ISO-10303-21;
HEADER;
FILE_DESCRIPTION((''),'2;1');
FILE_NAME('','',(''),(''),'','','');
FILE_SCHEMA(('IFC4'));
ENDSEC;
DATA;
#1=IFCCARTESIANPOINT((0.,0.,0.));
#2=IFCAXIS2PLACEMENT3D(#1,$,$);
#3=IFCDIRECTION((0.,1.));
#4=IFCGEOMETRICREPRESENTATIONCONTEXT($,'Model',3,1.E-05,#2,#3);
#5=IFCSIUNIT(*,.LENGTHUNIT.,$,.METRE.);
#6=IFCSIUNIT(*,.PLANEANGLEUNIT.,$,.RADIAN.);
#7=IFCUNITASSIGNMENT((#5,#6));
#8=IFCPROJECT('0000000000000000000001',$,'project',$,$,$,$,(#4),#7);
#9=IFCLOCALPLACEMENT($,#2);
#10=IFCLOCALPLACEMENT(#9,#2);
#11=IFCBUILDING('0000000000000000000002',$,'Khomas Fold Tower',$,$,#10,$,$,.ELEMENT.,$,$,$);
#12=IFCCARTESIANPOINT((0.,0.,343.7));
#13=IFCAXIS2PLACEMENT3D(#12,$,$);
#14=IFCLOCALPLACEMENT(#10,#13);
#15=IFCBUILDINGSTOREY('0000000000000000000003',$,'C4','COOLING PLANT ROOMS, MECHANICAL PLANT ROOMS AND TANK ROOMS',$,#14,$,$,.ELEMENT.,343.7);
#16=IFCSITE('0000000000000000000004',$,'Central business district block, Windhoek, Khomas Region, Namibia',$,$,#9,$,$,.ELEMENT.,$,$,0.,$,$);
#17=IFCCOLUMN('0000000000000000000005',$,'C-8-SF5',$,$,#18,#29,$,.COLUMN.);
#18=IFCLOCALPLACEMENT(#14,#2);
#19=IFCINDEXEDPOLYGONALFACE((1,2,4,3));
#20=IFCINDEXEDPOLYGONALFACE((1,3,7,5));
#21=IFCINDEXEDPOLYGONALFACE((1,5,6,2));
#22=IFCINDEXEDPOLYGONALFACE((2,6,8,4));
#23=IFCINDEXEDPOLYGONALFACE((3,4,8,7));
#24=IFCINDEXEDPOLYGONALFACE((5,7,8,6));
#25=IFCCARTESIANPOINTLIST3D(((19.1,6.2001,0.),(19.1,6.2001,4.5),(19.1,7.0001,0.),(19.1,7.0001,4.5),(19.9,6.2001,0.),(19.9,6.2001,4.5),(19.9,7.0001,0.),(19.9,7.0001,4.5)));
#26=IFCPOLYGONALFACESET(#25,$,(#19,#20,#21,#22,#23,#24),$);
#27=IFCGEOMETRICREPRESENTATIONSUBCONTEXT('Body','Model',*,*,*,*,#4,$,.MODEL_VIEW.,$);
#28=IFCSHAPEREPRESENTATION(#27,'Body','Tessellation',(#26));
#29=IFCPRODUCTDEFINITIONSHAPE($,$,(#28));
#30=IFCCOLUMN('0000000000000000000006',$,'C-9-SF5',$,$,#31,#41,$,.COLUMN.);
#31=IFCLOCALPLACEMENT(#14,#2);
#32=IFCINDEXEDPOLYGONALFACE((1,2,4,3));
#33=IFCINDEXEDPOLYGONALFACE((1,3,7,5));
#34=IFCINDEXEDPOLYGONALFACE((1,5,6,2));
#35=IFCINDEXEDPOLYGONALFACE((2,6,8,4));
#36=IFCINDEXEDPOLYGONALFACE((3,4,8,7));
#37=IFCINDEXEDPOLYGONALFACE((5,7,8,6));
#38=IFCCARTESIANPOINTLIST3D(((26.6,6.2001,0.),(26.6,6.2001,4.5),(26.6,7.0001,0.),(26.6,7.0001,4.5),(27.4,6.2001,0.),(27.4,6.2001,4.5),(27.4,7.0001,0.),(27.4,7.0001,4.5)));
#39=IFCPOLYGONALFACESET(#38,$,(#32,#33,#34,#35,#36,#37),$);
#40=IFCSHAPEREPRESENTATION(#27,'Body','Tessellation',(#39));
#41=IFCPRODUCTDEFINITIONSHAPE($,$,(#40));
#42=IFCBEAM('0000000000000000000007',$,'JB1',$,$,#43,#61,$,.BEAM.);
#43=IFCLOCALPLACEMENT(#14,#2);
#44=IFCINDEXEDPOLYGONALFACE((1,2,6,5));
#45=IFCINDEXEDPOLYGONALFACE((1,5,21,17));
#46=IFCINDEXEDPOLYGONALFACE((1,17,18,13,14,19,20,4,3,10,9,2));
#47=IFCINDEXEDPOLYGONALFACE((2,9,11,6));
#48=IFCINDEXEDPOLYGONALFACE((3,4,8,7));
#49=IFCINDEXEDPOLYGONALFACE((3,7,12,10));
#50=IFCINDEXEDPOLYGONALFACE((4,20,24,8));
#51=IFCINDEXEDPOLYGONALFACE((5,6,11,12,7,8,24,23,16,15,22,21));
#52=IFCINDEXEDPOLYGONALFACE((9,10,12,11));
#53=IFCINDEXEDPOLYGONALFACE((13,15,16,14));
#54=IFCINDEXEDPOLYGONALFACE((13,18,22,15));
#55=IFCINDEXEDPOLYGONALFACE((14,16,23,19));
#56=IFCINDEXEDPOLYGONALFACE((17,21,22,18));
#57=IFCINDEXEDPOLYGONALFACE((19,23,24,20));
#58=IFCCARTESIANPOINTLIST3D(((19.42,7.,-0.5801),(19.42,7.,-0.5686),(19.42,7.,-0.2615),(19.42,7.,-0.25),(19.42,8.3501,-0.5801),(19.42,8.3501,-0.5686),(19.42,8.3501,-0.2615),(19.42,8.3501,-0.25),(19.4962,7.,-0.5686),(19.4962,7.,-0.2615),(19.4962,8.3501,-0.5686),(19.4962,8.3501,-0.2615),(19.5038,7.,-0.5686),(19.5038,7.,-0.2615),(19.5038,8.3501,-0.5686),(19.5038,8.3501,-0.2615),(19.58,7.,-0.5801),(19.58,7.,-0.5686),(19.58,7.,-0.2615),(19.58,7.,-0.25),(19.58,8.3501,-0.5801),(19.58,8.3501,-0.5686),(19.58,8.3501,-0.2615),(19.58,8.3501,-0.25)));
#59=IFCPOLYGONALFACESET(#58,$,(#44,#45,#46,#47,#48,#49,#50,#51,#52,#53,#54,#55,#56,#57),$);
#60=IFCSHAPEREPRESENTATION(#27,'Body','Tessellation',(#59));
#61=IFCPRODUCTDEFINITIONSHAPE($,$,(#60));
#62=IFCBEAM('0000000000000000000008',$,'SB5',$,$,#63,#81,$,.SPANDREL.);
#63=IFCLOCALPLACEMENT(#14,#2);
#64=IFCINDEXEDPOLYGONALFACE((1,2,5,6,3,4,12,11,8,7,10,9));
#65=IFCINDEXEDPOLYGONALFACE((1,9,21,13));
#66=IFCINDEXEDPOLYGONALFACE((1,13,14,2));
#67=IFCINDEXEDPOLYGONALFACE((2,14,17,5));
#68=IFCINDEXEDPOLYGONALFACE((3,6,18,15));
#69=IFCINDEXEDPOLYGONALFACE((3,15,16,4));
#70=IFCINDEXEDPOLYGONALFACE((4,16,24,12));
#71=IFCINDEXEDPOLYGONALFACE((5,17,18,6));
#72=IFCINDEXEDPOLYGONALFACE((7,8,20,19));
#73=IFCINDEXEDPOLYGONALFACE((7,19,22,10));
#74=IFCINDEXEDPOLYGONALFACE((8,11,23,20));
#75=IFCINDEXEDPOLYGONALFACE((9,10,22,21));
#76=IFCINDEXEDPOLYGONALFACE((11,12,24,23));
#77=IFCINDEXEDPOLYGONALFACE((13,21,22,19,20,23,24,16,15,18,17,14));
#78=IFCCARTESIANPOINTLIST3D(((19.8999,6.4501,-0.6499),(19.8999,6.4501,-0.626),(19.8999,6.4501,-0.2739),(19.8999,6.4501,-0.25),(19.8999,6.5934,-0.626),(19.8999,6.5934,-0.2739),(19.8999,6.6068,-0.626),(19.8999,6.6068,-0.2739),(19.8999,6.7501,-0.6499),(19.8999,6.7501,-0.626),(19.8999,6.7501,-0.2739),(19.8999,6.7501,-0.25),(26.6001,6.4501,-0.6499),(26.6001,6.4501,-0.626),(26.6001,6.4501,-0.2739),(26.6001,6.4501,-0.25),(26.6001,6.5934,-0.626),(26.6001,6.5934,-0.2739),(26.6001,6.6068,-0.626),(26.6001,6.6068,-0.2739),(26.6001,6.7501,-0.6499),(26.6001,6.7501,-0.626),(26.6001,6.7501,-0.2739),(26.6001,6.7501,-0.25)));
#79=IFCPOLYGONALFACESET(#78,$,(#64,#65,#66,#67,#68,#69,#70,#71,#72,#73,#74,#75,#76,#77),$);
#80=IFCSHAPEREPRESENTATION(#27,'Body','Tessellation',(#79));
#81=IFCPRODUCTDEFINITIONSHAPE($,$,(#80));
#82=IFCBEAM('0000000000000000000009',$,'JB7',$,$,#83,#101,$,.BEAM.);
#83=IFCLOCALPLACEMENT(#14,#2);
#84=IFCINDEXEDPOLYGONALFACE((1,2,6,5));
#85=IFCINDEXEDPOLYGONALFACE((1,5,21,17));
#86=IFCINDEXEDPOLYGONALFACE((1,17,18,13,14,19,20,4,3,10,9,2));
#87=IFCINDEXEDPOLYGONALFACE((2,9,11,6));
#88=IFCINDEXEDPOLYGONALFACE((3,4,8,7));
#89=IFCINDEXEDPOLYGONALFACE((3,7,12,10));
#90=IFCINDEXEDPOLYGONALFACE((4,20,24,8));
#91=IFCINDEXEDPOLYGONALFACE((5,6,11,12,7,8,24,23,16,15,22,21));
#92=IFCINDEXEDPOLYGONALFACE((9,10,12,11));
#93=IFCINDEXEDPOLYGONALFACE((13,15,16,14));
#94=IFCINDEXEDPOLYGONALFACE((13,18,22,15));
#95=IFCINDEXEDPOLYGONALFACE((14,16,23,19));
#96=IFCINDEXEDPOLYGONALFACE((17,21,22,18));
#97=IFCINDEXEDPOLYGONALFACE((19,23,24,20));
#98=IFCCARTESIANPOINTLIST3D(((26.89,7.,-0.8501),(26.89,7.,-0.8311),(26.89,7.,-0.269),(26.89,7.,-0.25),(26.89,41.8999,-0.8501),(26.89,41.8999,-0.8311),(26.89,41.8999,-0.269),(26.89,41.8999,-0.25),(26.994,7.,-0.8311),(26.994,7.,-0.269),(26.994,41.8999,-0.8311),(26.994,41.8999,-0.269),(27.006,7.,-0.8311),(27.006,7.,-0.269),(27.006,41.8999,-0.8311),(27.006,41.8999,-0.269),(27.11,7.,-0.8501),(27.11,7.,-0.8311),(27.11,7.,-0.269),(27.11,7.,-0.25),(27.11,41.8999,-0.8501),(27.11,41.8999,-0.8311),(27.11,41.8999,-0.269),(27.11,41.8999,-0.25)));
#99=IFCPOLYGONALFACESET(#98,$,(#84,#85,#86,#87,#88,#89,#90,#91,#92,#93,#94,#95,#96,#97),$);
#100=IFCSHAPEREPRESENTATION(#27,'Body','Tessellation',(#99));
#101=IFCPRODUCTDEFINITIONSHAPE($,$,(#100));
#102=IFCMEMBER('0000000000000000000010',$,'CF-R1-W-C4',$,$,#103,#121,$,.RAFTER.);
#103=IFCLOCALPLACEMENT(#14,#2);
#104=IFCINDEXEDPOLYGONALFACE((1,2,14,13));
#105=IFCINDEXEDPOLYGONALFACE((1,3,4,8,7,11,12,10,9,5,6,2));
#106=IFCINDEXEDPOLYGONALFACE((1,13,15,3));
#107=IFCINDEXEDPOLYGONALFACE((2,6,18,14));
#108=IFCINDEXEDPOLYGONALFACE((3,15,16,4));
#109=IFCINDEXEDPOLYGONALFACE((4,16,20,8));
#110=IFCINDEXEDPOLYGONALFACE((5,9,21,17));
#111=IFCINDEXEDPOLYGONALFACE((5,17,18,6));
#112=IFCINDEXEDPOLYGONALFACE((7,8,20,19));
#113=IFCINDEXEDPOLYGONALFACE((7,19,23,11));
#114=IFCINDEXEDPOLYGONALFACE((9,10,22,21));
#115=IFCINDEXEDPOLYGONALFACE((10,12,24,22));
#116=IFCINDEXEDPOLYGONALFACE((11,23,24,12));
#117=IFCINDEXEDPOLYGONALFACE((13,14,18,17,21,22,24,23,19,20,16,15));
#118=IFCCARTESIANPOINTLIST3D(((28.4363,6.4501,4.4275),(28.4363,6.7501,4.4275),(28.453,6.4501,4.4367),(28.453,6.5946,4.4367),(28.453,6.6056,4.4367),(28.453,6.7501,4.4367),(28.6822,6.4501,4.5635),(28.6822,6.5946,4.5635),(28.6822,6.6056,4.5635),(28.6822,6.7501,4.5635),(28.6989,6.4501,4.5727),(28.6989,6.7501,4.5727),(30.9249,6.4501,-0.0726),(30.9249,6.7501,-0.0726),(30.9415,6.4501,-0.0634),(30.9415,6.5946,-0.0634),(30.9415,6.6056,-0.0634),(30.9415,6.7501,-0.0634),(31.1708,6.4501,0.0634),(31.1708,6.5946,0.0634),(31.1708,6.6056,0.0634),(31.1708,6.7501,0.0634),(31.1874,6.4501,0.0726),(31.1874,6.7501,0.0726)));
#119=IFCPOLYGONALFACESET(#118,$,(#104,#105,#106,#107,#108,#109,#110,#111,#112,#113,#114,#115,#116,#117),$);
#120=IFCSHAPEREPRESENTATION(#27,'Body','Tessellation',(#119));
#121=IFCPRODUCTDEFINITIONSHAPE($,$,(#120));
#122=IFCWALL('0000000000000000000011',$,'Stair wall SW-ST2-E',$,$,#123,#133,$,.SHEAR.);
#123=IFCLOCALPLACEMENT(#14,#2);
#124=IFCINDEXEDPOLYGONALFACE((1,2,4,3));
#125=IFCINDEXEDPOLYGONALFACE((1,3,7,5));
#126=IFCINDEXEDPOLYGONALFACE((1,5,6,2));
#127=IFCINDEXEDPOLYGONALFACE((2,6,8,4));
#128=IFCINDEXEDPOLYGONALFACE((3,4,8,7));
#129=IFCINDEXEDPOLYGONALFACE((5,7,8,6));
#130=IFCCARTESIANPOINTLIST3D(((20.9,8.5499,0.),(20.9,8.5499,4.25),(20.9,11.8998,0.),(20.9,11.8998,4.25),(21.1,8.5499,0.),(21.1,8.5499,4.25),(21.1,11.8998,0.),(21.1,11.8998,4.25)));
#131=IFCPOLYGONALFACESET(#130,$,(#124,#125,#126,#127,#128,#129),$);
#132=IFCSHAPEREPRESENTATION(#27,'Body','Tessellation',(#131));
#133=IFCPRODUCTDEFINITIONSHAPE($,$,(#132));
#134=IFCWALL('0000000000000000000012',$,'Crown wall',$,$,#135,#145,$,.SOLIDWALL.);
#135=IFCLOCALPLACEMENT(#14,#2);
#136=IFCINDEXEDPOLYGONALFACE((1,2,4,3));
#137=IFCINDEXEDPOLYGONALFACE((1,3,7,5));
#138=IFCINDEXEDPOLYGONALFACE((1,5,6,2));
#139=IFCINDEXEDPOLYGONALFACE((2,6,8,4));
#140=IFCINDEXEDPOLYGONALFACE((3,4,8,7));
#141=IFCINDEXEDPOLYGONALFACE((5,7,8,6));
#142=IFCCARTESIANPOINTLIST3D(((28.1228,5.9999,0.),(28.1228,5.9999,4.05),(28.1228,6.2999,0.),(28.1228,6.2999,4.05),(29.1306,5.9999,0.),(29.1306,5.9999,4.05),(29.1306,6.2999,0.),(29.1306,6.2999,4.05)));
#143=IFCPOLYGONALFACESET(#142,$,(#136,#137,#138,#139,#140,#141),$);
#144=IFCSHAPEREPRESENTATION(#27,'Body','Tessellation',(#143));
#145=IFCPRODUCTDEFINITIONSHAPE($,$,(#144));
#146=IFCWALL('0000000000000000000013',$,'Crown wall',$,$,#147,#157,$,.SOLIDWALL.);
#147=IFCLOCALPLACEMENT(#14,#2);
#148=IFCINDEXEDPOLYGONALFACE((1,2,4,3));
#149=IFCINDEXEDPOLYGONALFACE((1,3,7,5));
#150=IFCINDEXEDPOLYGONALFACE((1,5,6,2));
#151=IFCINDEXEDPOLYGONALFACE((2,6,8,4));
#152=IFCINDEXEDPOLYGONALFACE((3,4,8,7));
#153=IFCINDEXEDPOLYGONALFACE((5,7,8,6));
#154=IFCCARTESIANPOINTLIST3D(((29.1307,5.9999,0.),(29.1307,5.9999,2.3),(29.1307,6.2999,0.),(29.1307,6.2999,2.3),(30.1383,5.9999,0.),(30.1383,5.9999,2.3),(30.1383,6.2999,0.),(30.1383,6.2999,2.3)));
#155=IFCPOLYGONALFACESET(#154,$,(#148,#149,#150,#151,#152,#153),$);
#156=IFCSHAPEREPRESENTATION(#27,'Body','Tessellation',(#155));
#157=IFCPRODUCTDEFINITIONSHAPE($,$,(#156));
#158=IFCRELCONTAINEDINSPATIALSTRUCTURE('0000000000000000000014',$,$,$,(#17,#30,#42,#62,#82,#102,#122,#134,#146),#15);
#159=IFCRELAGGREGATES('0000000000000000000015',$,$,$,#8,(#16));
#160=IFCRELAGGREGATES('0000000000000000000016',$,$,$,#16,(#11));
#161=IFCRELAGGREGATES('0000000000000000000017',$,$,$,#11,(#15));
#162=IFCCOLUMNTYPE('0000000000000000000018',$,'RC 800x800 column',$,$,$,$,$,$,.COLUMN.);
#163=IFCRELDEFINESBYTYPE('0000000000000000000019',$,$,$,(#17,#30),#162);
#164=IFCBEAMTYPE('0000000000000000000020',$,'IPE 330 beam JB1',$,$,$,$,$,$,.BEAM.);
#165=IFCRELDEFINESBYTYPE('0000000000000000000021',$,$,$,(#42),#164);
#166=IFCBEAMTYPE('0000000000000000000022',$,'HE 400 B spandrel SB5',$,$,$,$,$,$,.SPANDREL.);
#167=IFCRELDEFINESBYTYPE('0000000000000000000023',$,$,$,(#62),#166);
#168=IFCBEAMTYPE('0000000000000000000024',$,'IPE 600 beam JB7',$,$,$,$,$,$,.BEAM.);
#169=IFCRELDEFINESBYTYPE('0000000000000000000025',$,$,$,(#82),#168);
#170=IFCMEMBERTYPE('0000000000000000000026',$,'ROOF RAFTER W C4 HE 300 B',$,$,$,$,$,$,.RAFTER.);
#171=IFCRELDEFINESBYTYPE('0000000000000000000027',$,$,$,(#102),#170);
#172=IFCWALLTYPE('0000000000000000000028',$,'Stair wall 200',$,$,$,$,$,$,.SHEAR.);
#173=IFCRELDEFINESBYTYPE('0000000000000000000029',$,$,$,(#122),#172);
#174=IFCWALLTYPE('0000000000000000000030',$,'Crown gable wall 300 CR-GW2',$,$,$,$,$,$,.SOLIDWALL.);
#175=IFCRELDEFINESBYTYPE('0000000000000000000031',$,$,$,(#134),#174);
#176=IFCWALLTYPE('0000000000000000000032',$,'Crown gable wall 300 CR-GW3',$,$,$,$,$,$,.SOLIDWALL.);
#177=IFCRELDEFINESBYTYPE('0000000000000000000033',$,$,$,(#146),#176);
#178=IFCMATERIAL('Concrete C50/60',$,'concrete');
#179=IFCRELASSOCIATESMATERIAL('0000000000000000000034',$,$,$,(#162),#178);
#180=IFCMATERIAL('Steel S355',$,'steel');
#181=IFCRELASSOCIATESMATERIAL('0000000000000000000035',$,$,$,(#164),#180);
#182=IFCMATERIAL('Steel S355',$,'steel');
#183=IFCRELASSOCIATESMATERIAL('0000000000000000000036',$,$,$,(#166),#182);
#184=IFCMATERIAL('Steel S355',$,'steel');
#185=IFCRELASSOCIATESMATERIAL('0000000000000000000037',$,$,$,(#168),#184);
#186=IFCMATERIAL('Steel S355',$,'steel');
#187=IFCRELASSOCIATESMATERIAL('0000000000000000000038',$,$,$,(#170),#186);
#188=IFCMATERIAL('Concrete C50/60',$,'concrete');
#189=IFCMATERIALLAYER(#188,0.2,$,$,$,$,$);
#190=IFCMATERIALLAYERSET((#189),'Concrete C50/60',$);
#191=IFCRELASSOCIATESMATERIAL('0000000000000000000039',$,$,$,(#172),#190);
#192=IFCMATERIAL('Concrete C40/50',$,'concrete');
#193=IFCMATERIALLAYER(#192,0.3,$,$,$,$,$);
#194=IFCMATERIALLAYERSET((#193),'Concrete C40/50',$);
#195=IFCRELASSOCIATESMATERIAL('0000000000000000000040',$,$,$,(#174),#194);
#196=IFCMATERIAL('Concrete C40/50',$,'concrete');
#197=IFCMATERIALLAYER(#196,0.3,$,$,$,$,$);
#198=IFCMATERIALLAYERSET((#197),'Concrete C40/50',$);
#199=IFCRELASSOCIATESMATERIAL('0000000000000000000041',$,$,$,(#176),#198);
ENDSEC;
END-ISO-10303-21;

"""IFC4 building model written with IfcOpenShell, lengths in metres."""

from ifc_helpers import new_model, si_unit, direction, frame, frame_2d, origin, origin_2d, place, context, subcontext, project, spatial, rectangle, i_section, extrude, source, transform, mapped, material, layer, layer_set, material_profile, profile_set, type_object, element, save


model = new_model("IFC4")

# Units and contexts
model_context = context("Model", 3, precision=1e-05, world=origin(), true_north=direction((0.0, 1.0)))
body_context = subcontext(model_context, "Body", "Model", "MODEL_VIEW")
ifc_project = project(units=[si_unit("LENGTHUNIT", "METRE"), si_unit("PLANEANGLEUNIT", "RADIAN")], contexts=[model_context])

# Site, building, storey
site_placement = place(None, origin())
site = spatial("IfcSite", under=ifc_project, at=site_placement, Name="Central business district block, Windhoek, Khomas Region, Namibia", CompositionType="ELEMENT", RefElevation=0.0)
building_placement = place(site_placement, origin())
building = spatial("IfcBuilding", under=site, at=building_placement, Name="Khomas Fold Tower", CompositionType="ELEMENT")
storey_placement = place(building_placement, frame((0.0, 0.0, 343.7)))
storey = spatial("IfcBuildingStorey", under=building, at=storey_placement, Name="C4", Description="COOLING PLANT ROOMS, MECHANICAL PLANT ROOMS AND TANK ROOMS", CompositionType="ELEMENT", Elevation=343.7)

# Columns
ifc_material_1 = material(Name="Concrete C50/60", Category="concrete")
ifc_material_profile_1 = material_profile(ifc_material_1, rectangle(XDim=0.8, YDim=0.8, at=origin_2d()), Name="RC 800x800")
ifc_profile_set_1 = profile_set([ifc_material_profile_1], Name="Concrete C50/60")
column_type = type_object("IfcColumnType", Name="RC 800x800 column", PredefinedType="COLUMN", material=ifc_profile_set_1)
shared_shape_1 = source(origin(), body_context, "Body", "SweptSolid", [
    extrude(rectangle(XDim=0.8, YDim=0.8, at=origin_2d()), origin(), (0.0, 0.0, 1.0), 4.5),
])
for number, where, z_axis, x_axis, name in (
    (1, (19.5, 6.6001, 0.0), (0.0, 0.0, 1.0), (1.0, 0.0, 0.0), "C-8-SF5"),
    (2, (27.0, 6.6001, 0.0), (0.0, 0.0, 1.0), (1.0, 0.0, 0.0), "C-9-SF5"),
):
    element("IfcColumn", number, at=place(storey_placement, frame(where, z_axis=z_axis, x_axis=x_axis)), inside=storey, type_object=column_type, Name=name, PredefinedType="COLUMN", context=body_context, shape_type="MappedRepresentation", body=[
        mapped(shared_shape_1, transform((0.0, 0.0, 0.0))),
    ])

# Beams
ifc_material_2 = material(Name="Steel S355", Category="steel")
ifc_material_profile_2 = material_profile(ifc_material_2, i_section(OverallWidth=0.1599, OverallDepth=0.3301, WebThickness=0.0076, FlangeThickness=0.0115, at=origin_2d()), Name="IPE 330")
ifc_profile_set_2 = profile_set([ifc_material_profile_2], Name="Steel S355")
beam_type_1 = type_object("IfcBeamType", Name="IPE 330 beam JB1", PredefinedType="BEAM", material=ifc_profile_set_2)
shared_shape_2 = source(origin(), body_context, "Body", "SweptSolid", [
    extrude(i_section(OverallWidth=0.1599, OverallDepth=0.3301, WebThickness=0.0076, FlangeThickness=0.0115, at=origin_2d()), origin(), (0.0, 0.0, 1.0), 1.3501),
])
beam_1_placement = place(storey_placement, frame((19.5, 7.0, -0.415), z_axis=(0.0, 1.0, 0.0), x_axis=(-1.0, 0.0, 0.0)))
element("IfcBeam", 3, at=beam_1_placement, inside=storey, type_object=beam_type_1, Name="JB1", PredefinedType="BEAM", context=body_context, shape_type="MappedRepresentation", body=[
    mapped(shared_shape_2, transform((0.0, 0.0, 0.0))),
])
ifc_material_3 = material(Name="Steel S355", Category="steel")
ifc_material_profile_3 = material_profile(ifc_material_3, i_section(OverallWidth=0.3, OverallDepth=0.3999, WebThickness=0.0134, FlangeThickness=0.0239, at=origin_2d()), Name="HE 400 B")
ifc_profile_set_3 = profile_set([ifc_material_profile_3], Name="Steel S355")
beam_type_2 = type_object("IfcBeamType", Name="HE 400 B spandrel SB5", PredefinedType="SPANDREL", material=ifc_profile_set_3)
shared_shape_3 = source(origin(), body_context, "Body", "SweptSolid", [
    extrude(i_section(OverallWidth=0.3, OverallDepth=0.3999, WebThickness=0.0134, FlangeThickness=0.0239, at=origin_2d()), origin(), (0.0, 0.0, 1.0), 6.7002),
])
beam_2_placement = place(storey_placement, frame((19.8999, 6.6001, -0.45), z_axis=(1.0, 0.0, 0.0), x_axis=(0.0, 1.0, 0.0)))
element("IfcBeam", 4, at=beam_2_placement, inside=storey, type_object=beam_type_2, Name="SB5", PredefinedType="SPANDREL", context=body_context, shape_type="MappedRepresentation", body=[
    mapped(shared_shape_3, transform((0.0, 0.0, 0.0))),
])
ifc_material_4 = material(Name="Steel S355", Category="steel")
ifc_material_profile_4 = material_profile(ifc_material_4, i_section(OverallWidth=0.22, OverallDepth=0.6001, WebThickness=0.012, FlangeThickness=0.019, at=origin_2d()), Name="IPE 600")
ifc_profile_set_4 = profile_set([ifc_material_profile_4], Name="Steel S355")
beam_type_3 = type_object("IfcBeamType", Name="IPE 600 beam JB7", PredefinedType="BEAM", material=ifc_profile_set_4)
shared_shape_4 = source(origin(), body_context, "Body", "SweptSolid", [
    extrude(i_section(OverallWidth=0.22, OverallDepth=0.6001, WebThickness=0.012, FlangeThickness=0.019, at=origin_2d()), origin(), (0.0, 0.0, 1.0), 34.8999),
])
beam_3_placement = place(storey_placement, frame((27.0, 7.0, -0.55), z_axis=(0.0, 1.0, 0.0), x_axis=(-1.0, 0.0, 0.0)))
element("IfcBeam", 5, at=beam_3_placement, inside=storey, type_object=beam_type_3, Name="JB7", PredefinedType="BEAM", context=body_context, shape_type="MappedRepresentation", body=[
    mapped(shared_shape_4, transform((0.0, 0.0, 0.0))),
])

# Member
ifc_material_5 = material(Name="Steel S355", Category="steel")
ifc_material_profile_5 = material_profile(ifc_material_5, i_section(OverallWidth=0.3, OverallDepth=0.3, WebThickness=0.011, FlangeThickness=0.019, at=origin_2d()), Name="HE 300 B")
ifc_profile_set_5 = profile_set([ifc_material_profile_5], Name="Steel S355")
member_type = type_object("IfcMemberType", Name="ROOF RAFTER W C4 HE 300 B", PredefinedType="RAFTER", material=ifc_profile_set_5)
shared_shape_5 = source(origin(), body_context, "Body", "SweptSolid", [
    extrude(i_section(OverallWidth=0.3, OverallDepth=0.3, WebThickness=0.011, FlangeThickness=0.019, at=origin_2d()), origin(), (0.0, 0.0, 1.0), 5.1423),
])
member_placement = place(storey_placement, frame((31.0562, 6.6001, 0.0), z_axis=(-0.483937, 0.0, 0.875103), x_axis=(0.0, -1.0, 0.0)))
element("IfcMember", 6, at=member_placement, inside=storey, type_object=member_type, Name="CF-R1-W-C4", PredefinedType="RAFTER", context=body_context, shape_type="MappedRepresentation", body=[
    mapped(shared_shape_5, transform((0.0, 0.0, 0.0))),
])

# Walls
ifc_material_6 = material(Name="Concrete C50/60", Category="concrete")
ifc_layer_1 = layer(ifc_material_6, 0.2)
ifc_layer_set_1 = layer_set([ifc_layer_1], Name="Concrete C50/60")
wall_type_1 = type_object("IfcWallType", Name="Stair wall 200", PredefinedType="SHEAR", material=ifc_layer_set_1)
shared_shape_6 = source(origin(), body_context, "Body", "SweptSolid", [
    extrude(rectangle(XDim=3.3499, YDim=0.2, at=frame_2d((1.6748, 0.0))), origin(), (0.0, 0.0, 1.0), 4.25),
])
wall_1_placement = place(storey_placement, frame((21.0, 8.55, 0.0), z_axis=(0.0, 0.0, 1.0), x_axis=(0.0, 1.0, 0.0)))
element("IfcWall", 7, at=wall_1_placement, inside=storey, type_object=wall_type_1, Name="Stair wall SW-ST2-E", PredefinedType="SHEAR", context=body_context, shape_type="MappedRepresentation", body=[
    mapped(shared_shape_6, transform((0.0, 0.0, 0.0))),
])
ifc_material_7 = material(Name="Concrete C40/50", Category="concrete")
ifc_layer_2 = layer(ifc_material_7, 0.3)
ifc_layer_set_2 = layer_set([ifc_layer_2], Name="Concrete C40/50")
wall_type_2 = type_object("IfcWallType", Name="Crown gable wall 300 CR-GW2", PredefinedType="SOLIDWALL", material=ifc_layer_set_2)
shared_shape_7 = source(origin(), body_context, "Body", "SweptSolid", [
    extrude(rectangle(XDim=1.0078, YDim=0.3, at=frame_2d((0.5039, 0.0))), origin(), (0.0, 0.0, 1.0), 4.05),
])
wall_2_placement = place(storey_placement, frame((28.1228, 6.1499, 0.0), z_axis=(0.0, 0.0, 1.0), x_axis=(1.0, 0.0, 0.0)))
element("IfcWall", 8, at=wall_2_placement, inside=storey, type_object=wall_type_2, Name="Crown wall", PredefinedType="SOLIDWALL", context=body_context, shape_type="MappedRepresentation", body=[
    mapped(shared_shape_7, transform((0.0, 0.0, 0.0))),
])
ifc_material_8 = material(Name="Concrete C40/50", Category="concrete")
ifc_layer_3 = layer(ifc_material_8, 0.3)
ifc_layer_set_3 = layer_set([ifc_layer_3], Name="Concrete C40/50")
wall_type_3 = type_object("IfcWallType", Name="Crown gable wall 300 CR-GW3", PredefinedType="SOLIDWALL", material=ifc_layer_set_3)
shared_shape_8 = source(origin(), body_context, "Body", "SweptSolid", [
    extrude(rectangle(XDim=1.0076, YDim=0.3, at=frame_2d((0.5039, 0.0))), origin(), (0.0, 0.0, 1.0), 2.3),
])
wall_3_placement = place(storey_placement, frame((29.1306, 6.1499, 0.0), z_axis=(0.0, 0.0, 1.0), x_axis=(1.0, 0.0, 0.0)))
element("IfcWall", 9, at=wall_3_placement, inside=storey, type_object=wall_type_3, Name="Crown wall", PredefinedType="SOLIDWALL", context=body_context, shape_type="MappedRepresentation", body=[
    mapped(shared_shape_8, transform((0.0, 0.0, 0.0))),
])

save(model, "model.ifc")
